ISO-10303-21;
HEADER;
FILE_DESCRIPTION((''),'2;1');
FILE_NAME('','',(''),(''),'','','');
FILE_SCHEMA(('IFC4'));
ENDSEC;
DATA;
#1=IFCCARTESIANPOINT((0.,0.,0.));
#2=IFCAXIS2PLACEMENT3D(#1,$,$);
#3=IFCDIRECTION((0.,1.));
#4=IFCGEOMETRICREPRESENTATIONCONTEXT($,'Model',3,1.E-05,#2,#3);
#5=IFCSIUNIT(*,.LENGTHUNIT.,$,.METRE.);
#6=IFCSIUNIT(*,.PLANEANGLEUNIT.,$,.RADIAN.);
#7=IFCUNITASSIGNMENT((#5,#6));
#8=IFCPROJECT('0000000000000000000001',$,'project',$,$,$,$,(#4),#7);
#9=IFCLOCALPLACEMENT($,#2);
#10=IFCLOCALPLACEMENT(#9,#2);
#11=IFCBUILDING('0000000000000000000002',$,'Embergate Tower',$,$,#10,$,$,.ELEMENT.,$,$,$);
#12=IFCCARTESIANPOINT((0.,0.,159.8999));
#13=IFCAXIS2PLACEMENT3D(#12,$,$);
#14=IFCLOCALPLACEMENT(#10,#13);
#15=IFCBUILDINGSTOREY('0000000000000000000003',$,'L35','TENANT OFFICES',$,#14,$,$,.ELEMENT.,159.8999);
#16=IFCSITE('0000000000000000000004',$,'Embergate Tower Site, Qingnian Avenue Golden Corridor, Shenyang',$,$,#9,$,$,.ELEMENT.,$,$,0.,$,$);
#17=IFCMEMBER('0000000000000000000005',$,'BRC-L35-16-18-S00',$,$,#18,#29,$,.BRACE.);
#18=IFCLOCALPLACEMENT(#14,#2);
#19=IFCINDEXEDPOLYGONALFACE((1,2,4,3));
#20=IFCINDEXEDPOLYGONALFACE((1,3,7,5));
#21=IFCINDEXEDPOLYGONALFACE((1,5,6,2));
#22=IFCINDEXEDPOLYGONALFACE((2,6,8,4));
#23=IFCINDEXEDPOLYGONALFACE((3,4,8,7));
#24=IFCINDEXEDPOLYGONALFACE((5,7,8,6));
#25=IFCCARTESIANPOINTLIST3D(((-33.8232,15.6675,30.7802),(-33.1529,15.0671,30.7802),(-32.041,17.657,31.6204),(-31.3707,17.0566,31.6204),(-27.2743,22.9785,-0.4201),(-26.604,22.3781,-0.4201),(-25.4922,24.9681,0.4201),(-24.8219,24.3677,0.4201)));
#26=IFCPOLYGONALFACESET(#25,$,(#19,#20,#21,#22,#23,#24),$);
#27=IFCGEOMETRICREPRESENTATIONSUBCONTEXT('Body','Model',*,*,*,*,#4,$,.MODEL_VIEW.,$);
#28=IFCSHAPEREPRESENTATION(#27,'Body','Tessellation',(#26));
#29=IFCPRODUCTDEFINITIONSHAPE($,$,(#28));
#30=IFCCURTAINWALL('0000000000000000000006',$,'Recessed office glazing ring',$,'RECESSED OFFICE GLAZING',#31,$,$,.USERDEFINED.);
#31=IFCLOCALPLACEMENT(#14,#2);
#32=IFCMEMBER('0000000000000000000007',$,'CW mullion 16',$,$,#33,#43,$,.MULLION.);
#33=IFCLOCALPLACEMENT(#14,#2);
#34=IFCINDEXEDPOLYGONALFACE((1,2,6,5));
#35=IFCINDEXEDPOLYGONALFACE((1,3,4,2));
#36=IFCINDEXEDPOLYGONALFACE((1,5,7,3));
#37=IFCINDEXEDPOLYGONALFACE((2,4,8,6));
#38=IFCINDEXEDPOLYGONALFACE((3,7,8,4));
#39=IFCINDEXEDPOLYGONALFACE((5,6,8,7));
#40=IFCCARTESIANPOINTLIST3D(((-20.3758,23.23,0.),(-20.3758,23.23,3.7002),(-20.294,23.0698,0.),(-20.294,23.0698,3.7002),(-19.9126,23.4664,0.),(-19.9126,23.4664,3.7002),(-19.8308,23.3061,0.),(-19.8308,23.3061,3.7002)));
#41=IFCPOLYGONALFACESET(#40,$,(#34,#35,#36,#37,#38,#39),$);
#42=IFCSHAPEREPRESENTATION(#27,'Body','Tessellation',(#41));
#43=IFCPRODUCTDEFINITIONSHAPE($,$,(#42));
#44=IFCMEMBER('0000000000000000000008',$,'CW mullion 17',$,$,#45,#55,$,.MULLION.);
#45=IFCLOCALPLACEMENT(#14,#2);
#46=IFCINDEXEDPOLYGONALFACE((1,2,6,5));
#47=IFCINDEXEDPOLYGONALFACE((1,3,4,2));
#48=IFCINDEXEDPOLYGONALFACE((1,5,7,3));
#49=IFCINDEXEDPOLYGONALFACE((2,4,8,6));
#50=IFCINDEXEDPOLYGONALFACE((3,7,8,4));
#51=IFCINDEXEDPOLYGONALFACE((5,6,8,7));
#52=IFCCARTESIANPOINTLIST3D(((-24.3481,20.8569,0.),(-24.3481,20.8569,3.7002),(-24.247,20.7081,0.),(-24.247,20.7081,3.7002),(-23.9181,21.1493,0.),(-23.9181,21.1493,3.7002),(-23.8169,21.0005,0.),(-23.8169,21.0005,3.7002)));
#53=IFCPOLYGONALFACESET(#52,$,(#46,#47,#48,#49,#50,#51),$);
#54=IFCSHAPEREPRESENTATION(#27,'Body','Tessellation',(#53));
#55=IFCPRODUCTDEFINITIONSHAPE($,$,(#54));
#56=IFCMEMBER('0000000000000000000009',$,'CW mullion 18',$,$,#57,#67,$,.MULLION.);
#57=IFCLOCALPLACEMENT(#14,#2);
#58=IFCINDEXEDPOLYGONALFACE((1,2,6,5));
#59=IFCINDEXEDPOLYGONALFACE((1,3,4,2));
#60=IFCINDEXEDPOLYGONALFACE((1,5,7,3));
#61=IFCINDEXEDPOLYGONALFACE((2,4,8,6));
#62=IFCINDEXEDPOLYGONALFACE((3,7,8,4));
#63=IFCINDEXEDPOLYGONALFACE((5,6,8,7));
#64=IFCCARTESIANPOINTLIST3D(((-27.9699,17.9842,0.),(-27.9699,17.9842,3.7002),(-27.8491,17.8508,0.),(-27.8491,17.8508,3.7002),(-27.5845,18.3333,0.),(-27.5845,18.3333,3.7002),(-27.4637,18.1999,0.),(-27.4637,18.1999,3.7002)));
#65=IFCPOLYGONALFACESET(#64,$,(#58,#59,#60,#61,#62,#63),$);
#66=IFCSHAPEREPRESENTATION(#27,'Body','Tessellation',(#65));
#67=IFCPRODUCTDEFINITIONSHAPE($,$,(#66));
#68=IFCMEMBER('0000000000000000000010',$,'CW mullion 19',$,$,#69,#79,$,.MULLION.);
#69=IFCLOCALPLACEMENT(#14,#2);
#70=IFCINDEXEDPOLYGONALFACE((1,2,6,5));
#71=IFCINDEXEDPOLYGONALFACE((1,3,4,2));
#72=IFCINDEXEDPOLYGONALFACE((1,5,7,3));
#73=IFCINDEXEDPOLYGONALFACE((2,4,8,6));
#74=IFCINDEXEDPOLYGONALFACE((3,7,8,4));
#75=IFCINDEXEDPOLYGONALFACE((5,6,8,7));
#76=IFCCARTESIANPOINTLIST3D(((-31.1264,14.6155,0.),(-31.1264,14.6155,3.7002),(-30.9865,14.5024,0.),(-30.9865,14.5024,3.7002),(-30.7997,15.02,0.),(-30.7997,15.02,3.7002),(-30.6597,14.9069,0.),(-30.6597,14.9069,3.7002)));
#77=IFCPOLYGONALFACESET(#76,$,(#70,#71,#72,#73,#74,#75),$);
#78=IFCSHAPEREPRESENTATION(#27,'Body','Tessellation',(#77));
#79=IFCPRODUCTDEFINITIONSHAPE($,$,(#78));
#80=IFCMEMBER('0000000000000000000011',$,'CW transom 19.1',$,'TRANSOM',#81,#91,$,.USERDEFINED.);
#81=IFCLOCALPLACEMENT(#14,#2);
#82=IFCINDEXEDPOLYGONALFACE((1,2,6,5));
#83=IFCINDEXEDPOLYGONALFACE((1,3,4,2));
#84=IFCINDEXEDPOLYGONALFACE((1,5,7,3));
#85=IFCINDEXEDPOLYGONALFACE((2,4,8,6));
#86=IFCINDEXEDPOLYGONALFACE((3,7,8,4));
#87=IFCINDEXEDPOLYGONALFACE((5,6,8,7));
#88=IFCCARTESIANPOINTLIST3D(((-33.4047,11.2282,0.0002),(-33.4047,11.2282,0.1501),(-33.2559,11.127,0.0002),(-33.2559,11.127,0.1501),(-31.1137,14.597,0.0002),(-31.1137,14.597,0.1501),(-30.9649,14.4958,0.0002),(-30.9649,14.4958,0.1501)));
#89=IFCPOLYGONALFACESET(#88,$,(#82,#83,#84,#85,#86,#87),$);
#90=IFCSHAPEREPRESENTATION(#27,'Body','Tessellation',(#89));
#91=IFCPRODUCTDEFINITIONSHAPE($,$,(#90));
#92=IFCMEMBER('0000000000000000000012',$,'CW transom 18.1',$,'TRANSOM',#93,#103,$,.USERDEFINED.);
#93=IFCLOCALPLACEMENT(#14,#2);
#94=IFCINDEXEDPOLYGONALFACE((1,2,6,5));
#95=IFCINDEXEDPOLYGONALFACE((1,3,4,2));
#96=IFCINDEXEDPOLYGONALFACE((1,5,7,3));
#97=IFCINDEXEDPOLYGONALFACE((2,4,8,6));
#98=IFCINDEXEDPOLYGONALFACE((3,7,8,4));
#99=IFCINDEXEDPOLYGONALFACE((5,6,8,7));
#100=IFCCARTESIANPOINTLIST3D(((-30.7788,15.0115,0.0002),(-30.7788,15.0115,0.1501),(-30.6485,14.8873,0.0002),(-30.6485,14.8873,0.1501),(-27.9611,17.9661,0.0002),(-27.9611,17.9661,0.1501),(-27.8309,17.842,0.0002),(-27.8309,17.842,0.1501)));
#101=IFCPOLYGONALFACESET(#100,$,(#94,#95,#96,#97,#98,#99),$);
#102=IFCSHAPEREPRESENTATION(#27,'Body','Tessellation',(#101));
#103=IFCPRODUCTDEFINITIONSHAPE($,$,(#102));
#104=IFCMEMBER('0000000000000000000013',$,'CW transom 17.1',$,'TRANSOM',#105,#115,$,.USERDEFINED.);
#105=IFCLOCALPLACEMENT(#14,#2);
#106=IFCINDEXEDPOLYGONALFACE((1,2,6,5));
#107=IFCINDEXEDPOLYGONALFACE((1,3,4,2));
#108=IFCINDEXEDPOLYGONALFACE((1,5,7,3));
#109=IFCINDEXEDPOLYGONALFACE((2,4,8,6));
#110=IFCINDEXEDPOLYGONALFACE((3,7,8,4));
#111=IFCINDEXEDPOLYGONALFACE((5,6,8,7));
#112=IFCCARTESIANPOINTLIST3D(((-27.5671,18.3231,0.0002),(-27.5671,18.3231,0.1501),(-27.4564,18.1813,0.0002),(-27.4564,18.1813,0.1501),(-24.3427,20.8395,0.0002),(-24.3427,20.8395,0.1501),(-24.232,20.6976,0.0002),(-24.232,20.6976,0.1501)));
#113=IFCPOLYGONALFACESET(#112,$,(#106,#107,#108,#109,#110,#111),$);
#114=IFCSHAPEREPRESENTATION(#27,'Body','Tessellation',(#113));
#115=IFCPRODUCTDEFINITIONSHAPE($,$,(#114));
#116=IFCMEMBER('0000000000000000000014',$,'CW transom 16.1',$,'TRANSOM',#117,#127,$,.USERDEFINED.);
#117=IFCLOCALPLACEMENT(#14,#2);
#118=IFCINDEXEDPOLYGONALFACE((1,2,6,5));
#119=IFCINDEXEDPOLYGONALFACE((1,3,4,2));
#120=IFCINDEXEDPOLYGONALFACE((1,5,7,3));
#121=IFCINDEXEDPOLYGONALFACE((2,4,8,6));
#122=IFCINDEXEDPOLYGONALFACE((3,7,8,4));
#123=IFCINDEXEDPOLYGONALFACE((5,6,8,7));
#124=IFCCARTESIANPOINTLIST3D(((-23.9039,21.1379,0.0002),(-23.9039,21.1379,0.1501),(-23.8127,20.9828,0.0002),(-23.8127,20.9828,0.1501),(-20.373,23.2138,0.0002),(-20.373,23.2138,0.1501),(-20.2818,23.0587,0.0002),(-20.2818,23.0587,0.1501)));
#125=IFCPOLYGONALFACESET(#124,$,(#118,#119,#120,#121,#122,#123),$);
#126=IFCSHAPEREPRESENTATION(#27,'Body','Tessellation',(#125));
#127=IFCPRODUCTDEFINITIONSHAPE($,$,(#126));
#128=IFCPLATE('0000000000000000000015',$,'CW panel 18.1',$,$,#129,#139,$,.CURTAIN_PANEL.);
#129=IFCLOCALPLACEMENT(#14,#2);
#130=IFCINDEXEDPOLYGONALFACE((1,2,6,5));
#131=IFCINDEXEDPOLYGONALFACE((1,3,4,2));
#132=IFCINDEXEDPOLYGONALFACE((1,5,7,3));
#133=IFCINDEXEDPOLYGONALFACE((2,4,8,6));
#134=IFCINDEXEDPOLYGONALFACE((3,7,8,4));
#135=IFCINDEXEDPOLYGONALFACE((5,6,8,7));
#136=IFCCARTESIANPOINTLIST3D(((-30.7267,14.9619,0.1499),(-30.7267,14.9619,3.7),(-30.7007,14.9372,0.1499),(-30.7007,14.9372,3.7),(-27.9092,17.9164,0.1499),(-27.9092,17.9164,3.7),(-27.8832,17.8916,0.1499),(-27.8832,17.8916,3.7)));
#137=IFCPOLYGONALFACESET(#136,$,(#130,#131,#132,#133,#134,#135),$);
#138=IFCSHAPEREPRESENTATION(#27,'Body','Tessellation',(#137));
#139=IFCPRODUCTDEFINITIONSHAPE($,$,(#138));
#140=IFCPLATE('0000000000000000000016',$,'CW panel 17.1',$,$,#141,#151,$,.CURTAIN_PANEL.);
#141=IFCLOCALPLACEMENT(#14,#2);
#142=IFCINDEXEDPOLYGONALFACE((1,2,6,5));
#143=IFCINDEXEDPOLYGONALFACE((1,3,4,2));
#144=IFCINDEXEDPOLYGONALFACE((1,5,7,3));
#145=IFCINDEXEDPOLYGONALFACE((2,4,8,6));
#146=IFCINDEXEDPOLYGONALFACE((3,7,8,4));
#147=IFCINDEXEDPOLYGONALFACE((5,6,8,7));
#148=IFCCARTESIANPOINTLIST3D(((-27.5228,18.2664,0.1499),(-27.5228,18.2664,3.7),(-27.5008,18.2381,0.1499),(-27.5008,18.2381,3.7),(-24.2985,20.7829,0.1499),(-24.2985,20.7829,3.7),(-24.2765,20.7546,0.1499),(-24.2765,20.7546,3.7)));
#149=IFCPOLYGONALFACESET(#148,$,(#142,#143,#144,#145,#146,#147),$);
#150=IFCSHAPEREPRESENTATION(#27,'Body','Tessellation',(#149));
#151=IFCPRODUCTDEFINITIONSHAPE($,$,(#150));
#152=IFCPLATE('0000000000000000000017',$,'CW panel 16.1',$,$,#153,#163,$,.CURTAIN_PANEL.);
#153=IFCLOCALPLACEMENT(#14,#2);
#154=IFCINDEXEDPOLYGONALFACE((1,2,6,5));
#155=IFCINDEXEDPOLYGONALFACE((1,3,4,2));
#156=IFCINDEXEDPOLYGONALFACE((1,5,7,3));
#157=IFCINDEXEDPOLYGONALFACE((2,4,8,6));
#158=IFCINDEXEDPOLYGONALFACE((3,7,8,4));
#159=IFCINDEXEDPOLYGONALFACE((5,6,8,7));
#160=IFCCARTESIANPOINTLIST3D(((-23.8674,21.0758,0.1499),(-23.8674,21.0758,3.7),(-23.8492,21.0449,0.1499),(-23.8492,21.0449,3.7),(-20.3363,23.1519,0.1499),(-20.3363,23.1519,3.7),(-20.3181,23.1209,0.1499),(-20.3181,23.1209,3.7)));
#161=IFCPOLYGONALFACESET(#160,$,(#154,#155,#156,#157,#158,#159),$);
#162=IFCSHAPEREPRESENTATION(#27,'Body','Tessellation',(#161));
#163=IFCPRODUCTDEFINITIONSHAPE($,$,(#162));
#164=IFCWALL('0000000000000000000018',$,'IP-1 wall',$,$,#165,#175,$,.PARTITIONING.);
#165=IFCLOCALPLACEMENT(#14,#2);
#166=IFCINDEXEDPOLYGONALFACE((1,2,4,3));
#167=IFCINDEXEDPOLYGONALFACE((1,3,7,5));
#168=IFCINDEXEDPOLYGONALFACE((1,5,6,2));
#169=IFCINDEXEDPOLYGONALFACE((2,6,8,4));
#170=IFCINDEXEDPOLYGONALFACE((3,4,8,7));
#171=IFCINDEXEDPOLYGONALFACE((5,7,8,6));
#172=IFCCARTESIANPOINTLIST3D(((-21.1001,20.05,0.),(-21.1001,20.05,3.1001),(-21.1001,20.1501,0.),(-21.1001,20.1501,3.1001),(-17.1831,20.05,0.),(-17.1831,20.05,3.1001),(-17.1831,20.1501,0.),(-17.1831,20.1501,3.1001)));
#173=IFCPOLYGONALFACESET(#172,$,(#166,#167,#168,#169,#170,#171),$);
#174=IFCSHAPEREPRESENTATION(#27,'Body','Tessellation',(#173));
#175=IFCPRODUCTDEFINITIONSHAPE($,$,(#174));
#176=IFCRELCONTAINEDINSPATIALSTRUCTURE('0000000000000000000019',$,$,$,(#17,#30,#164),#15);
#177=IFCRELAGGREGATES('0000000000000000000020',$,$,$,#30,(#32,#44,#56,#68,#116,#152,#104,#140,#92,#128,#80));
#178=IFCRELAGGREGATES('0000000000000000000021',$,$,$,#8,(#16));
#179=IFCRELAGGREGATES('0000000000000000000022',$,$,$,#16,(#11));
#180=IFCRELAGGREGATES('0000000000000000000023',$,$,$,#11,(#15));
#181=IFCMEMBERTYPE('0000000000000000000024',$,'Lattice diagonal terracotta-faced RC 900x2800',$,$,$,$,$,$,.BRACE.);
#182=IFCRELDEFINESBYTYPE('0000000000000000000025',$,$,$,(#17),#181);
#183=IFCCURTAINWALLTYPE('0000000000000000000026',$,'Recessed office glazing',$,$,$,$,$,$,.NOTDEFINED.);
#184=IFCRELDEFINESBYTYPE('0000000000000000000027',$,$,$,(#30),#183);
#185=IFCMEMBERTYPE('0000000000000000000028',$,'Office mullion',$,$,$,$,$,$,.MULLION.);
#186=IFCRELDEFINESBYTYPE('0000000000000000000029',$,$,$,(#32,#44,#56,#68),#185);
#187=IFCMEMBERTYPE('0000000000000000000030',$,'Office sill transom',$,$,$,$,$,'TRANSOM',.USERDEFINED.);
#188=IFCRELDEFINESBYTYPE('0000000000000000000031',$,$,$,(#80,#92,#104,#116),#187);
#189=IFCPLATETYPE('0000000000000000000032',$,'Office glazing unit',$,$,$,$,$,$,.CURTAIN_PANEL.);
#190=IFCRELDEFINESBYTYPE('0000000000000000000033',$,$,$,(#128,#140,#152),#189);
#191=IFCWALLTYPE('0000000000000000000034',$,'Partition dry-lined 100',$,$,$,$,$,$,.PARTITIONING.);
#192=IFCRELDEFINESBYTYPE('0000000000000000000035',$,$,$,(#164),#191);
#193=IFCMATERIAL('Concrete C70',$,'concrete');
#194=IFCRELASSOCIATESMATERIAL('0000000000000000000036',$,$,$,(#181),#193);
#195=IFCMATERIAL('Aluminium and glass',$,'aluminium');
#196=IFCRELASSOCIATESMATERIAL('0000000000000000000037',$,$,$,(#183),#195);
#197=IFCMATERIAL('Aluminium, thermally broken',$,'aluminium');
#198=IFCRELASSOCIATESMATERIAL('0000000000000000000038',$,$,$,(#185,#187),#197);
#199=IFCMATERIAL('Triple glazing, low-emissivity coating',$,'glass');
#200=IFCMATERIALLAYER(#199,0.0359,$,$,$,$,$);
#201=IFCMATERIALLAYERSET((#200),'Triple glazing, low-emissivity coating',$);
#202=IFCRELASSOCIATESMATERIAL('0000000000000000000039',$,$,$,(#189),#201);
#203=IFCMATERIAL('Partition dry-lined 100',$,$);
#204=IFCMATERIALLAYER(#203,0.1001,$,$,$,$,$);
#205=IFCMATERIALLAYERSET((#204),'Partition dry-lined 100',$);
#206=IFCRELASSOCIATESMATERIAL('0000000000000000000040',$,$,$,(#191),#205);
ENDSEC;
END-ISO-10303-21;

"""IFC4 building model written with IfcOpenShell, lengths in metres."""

from ifc_helpers import new_model, si_unit, direction, frame, frame_2d, origin, origin_2d, place, context, subcontext, project, spatial, rectangle, extrude, source, transform, mapped, material, layer, layer_set, material_profile, profile_set, type_object, element, aggregate, save


model = new_model("IFC4")

# Units and contexts
model_context = context("Model", 3, precision=1e-05, world=origin(), true_north=direction((0.0, 1.0)))
body_context = subcontext(model_context, "Body", "Model", "MODEL_VIEW")
ifc_project = project(units=[si_unit("LENGTHUNIT", "METRE"), si_unit("PLANEANGLEUNIT", "RADIAN")], contexts=[model_context])

# Site, building, storey
site_placement = place(None, origin())
site = spatial("IfcSite", under=ifc_project, at=site_placement, Name="Embergate Tower Site, Qingnian Avenue Golden Corridor, Shenyang", CompositionType="ELEMENT", RefElevation=0.0)
building_placement = place(site_placement, origin())
building = spatial("IfcBuilding", under=site, at=building_placement, Name="Embergate Tower", CompositionType="ELEMENT")
storey_placement = place(building_placement, frame((0.0, 0.0, 159.8999)))
storey = spatial("IfcBuildingStorey", under=building, at=storey_placement, Name="L35", Description="TENANT OFFICES", CompositionType="ELEMENT", Elevation=159.8999)

# Shared definitions
ifc_material_1 = material(Name="Concrete C70", Category="concrete")

# Member
ifc_material_profile_1 = material_profile(ifc_material_1, rectangle(XDim=0.8999, YDim=2.8, at=origin_2d()), Name="RC 900x2800")
ifc_profile_set_1 = profile_set([ifc_material_profile_1], Name="Concrete C70")
member_type_1 = type_object("IfcMemberType", Name="Lattice diagonal terracotta-faced RC 900x2800", PredefinedType="BRACE", material=ifc_profile_set_1)
shared_shape_1 = source(origin(), body_context, "Body", "SweptSolid", [
    extrude(rectangle(XDim=0.8999, YDim=2.8, at=origin_2d()), origin(), (0.0, 0.0, 1.0), 32.7078),
])
member_1_placement = place(storey_placement, frame((-26.0481, 23.6731, 0.0), z_axis=(-0.200223, -0.223527, 0.953911), x_axis=(0.744868, -0.667212, 0.0)))
element("IfcMember", 1, at=member_1_placement, inside=storey, type_object=member_type_1, Name="BRC-L35-16-18-S00", PredefinedType="BRACE", context=body_context, shape_type="MappedRepresentation", body=[
    mapped(shared_shape_1, transform((0.0, 0.0, 0.0))),
])

# Curtain wall, members, plates
ifc_material_2 = material(Name="Aluminium and glass", Category="aluminium")
curtain_wall_type = type_object("IfcCurtainWallType", Name="Recessed office glazing", PredefinedType="NOTDEFINED", material=ifc_material_2)
curtain_wall_placement = place(storey_placement, origin())
curtain_wall = element("IfcCurtainWall", 2, at=curtain_wall_placement, inside=storey, type_object=curtain_wall_type, Name="Recessed office glazing ring", ObjectType="RECESSED OFFICE GLAZING", PredefinedType="USERDEFINED")
ifc_material_3 = material(Name="Aluminium, thermally broken", Category="aluminium")
ifc_material_profile_2 = material_profile(ifc_material_3, rectangle(XDim=0.1799, YDim=0.52, at=origin_2d()), Name="AL 520x180")
ifc_profile_set_2 = profile_set([ifc_material_profile_2], Name="Aluminium, thermally broken")
member_type_2 = type_object("IfcMemberType", Name="Office mullion", PredefinedType="MULLION", material=ifc_profile_set_2)
shared_shape_2 = source(origin(), body_context, "Body", "SweptSolid", [
    extrude(rectangle(XDim=0.1799, YDim=0.52, at=origin_2d()), origin(), (0.0, 0.0, 1.0), 3.7002),
])
member_2_placement = place(storey_placement, frame((-20.1033, 23.2681, 0.0), z_axis=(0.0, 0.0, 1.0), x_axis=(0.45451, -0.890742, 0.0)))
member_2 = element("IfcMember", 3, at=member_2_placement, type_object=member_type_2, Name="CW mullion 16", PredefinedType="MULLION", context=body_context, shape_type="MappedRepresentation", body=[
    mapped(shared_shape_2, transform((0.0, 0.0, 0.0))),
])
member_3_placement = place(storey_placement, frame((-24.0825, 20.9287, 0.0), z_axis=(0.0, 0.0, 1.0), x_axis=(0.562216, -0.82699, 0.0)))
member_3 = element("IfcMember", 4, at=member_3_placement, type_object=member_type_2, Name="CW mullion 17", PredefinedType="MULLION", context=body_context, shape_type="MappedRepresentation", body=[
    mapped(shared_shape_2, transform((0.0, 0.0, 0.0))),
])
member_4_placement = place(storey_placement, frame((-27.7168, 18.092, 0.0), z_axis=(0.0, 0.0, 1.0), x_axis=(0.671227, -0.741252, 0.0)))
member_4 = element("IfcMember", 5, at=member_4_placement, type_object=member_type_2, Name="CW mullion 18", PredefinedType="MULLION", context=body_context, shape_type="MappedRepresentation", body=[
    mapped(shared_shape_2, transform((0.0, 0.0, 0.0))),
])
member_5_placement = place(storey_placement, frame((-30.8931, 14.7612, 0.0), z_axis=(0.0, 0.0, 1.0), x_axis=(0.777873, -0.628422, 0.0)))
member_5 = element("IfcMember", 6, at=member_5_placement, type_object=member_type_2, Name="CW mullion 19", PredefinedType="MULLION", context=body_context, shape_type="MappedRepresentation", body=[
    mapped(shared_shape_2, transform((0.0, 0.0, 0.0))),
])
ifc_material_profile_3 = material_profile(ifc_material_3, rectangle(XDim=0.1799, YDim=0.1499, at=origin_2d()), Name="AL 150x180")
ifc_profile_set_3 = profile_set([ifc_material_profile_3], Name="Aluminium, thermally broken")
member_type_3 = type_object("IfcMemberType", Name="Office sill transom", ElementType="TRANSOM", PredefinedType="USERDEFINED", material=ifc_profile_set_3)
shared_shape_3 = source(origin(), body_context, "Body", "SweptSolid", [
    extrude(rectangle(XDim=0.1799, YDim=0.1499, at=origin_2d()), origin(), (0.0, 0.0, 1.0), 4.074),
])
member_6_placement = place(storey_placement, frame((-31.0393, 14.5464, 0.0752), z_axis=(-0.562338, -0.826908, 0.0), x_axis=(0.826908, -0.562338, 0.0)))
member_6 = element("IfcMember", 7, at=member_6_placement, type_object=member_type_3, Name="CW transom 19.1", ObjectType="TRANSOM", PredefinedType="USERDEFINED", context=body_context, shape_type="MappedRepresentation", body=[
    mapped(shared_shape_3, transform((0.0, 0.0, 0.0))),
])
shared_shape_4 = source(origin(), body_context, "Body", "SweptSolid", [
    extrude(rectangle(XDim=0.1799, YDim=0.1499, at=origin_2d()), origin(), (0.0, 0.0, 1.0), 4.0828),
])
member_7_placement = place(storey_placement, frame((-27.896, 17.9041, 0.0752), z_axis=(-0.690134, -0.723681, 0.0), x_axis=(0.723681, -0.690134, 0.0)))
member_7 = element("IfcMember", 8, at=member_7_placement, type_object=member_type_3, Name="CW transom 18.1", ObjectType="TRANSOM", PredefinedType="USERDEFINED", context=body_context, shape_type="MappedRepresentation", body=[
    mapped(shared_shape_4, transform((0.0, 0.0, 0.0))),
])
shared_shape_5 = source(origin(), body_context, "Body", "SweptSolid", [
    extrude(rectangle(XDim=0.1799, YDim=0.1499, at=origin_2d()), origin(), (0.0, 0.0, 1.0), 4.0901),
])
member_8_placement = place(storey_placement, frame((-24.2874, 20.7686, 0.0752), z_axis=(-0.788342, -0.615237, 0.0), x_axis=(0.615237, -0.788342, 0.0)))
member_8 = element("IfcMember", 9, at=member_8_placement, type_object=member_type_3, Name="CW transom 17.1", ObjectType="TRANSOM", PredefinedType="USERDEFINED", context=body_context, shape_type="MappedRepresentation", body=[
    mapped(shared_shape_5, transform((0.0, 0.0, 0.0))),
])
shared_shape_6 = source(origin(), body_context, "Body", "SweptSolid", [
    extrude(rectangle(XDim=0.1799, YDim=0.1499, at=origin_2d()), origin(), (0.0, 0.0, 1.0), 4.0959),
])
member_9_placement = place(storey_placement, frame((-20.3274, 23.1362, 0.0752), z_axis=(-0.862055, -0.506814, 0.0), x_axis=(0.506814, -0.862055, 0.0)))
member_9 = element("IfcMember", 10, at=member_9_placement, type_object=member_type_3, Name="CW transom 16.1", ObjectType="TRANSOM", PredefinedType="USERDEFINED", context=body_context, shape_type="MappedRepresentation", body=[
    mapped(shared_shape_6, transform((0.0, 0.0, 0.0))),
])
ifc_material_4 = material(Name="Triple glazing, low-emissivity coating", Category="glass")
ifc_layer_1 = layer(ifc_material_4, 0.0359)
ifc_layer_set_1 = layer_set([ifc_layer_1], Name="Triple glazing, low-emissivity coating")
plate_type = type_object("IfcPlateType", Name="Office glazing unit", PredefinedType="CURTAIN_PANEL", material=ifc_layer_set_1)
shared_shape_7 = source(origin(), body_context, "Body", "SweptSolid", [
    extrude(rectangle(XDim=4.0825, YDim=0.0359, at=origin_2d()), origin(), (0.0, 0.0, 1.0), 3.55),
])
plate_1_placement = place(storey_placement, frame((-29.3049, 16.4268, 0.1499), z_axis=(0.0, 0.0, 1.0), x_axis=(-0.690135, -0.723681, 0.0)))
plate_1 = element("IfcPlate", 11, at=plate_1_placement, type_object=plate_type, Name="CW panel 18.1", PredefinedType="CURTAIN_PANEL", context=body_context, shape_type="MappedRepresentation", body=[
    mapped(shared_shape_7, transform((0.0, 0.0, 0.0))),
])
shared_shape_8 = source(origin(), body_context, "Body", "SweptSolid", [
    extrude(rectangle(XDim=4.0901, YDim=0.0359, at=origin_2d()), origin(), (0.0, 0.0, 1.0), 3.55),
])
plate_2_placement = place(storey_placement, frame((-25.8997, 19.5105, 0.1499), z_axis=(0.0, 0.0, 1.0), x_axis=(-0.78832, -0.615265, 0.0)))
plate_2 = element("IfcPlate", 12, at=plate_2_placement, type_object=plate_type, Name="CW panel 17.1", PredefinedType="CURTAIN_PANEL", context=body_context, shape_type="MappedRepresentation", body=[
    mapped(shared_shape_8, transform((0.0, 0.0, 0.0))),
])
shared_shape_9 = source(origin(), body_context, "Body", "SweptSolid", [
    extrude(rectangle(XDim=4.0962, YDim=0.0359, at=origin_2d()), origin(), (0.0, 0.0, 1.0), 3.55),
])
plate_3_placement = place(storey_placement, frame((-22.0928, 22.0984, 0.1499), z_axis=(0.0, 0.0, 1.0), x_axis=(-0.862053, -0.506818, 0.0)))
plate_3 = element("IfcPlate", 13, at=plate_3_placement, type_object=plate_type, Name="CW panel 16.1", PredefinedType="CURTAIN_PANEL", context=body_context, shape_type="MappedRepresentation", body=[
    mapped(shared_shape_9, transform((0.0, 0.0, 0.0))),
])
aggregate(curtain_wall, [member_2, member_3, member_4, member_5, member_9, plate_3, member_8, plate_2, member_7, plate_1, member_6])

# Wall
ifc_material_5 = material(Name="Partition dry-lined 100")
ifc_layer_2 = layer(ifc_material_5, 0.1001)
ifc_layer_set_2 = layer_set([ifc_layer_2], Name="Partition dry-lined 100")
wall_type = type_object("IfcWallType", Name="Partition dry-lined 100", PredefinedType="PARTITIONING", material=ifc_layer_set_2)
shared_shape_10 = source(origin(), body_context, "Body", "SweptSolid", [
    extrude(rectangle(XDim=3.917, YDim=0.1001, at=frame_2d((1.9585, 0.0))), origin(), (0.0, 0.0, 1.0), 3.1001),
])
wall_1_placement = place(storey_placement, frame((-21.1001, 20.1001, 0.0), z_axis=(0.0, 0.0, 1.0), x_axis=(1.0, 0.0, 0.0)))
element("IfcWall", 14, at=wall_1_placement, inside=storey, type_object=wall_type, Name="IP-1 wall", PredefinedType="PARTITIONING", context=body_context, shape_type="MappedRepresentation", body=[
    mapped(shared_shape_10, transform((0.0, 0.0, 0.0))),
])

save(model, "model.ifc")
